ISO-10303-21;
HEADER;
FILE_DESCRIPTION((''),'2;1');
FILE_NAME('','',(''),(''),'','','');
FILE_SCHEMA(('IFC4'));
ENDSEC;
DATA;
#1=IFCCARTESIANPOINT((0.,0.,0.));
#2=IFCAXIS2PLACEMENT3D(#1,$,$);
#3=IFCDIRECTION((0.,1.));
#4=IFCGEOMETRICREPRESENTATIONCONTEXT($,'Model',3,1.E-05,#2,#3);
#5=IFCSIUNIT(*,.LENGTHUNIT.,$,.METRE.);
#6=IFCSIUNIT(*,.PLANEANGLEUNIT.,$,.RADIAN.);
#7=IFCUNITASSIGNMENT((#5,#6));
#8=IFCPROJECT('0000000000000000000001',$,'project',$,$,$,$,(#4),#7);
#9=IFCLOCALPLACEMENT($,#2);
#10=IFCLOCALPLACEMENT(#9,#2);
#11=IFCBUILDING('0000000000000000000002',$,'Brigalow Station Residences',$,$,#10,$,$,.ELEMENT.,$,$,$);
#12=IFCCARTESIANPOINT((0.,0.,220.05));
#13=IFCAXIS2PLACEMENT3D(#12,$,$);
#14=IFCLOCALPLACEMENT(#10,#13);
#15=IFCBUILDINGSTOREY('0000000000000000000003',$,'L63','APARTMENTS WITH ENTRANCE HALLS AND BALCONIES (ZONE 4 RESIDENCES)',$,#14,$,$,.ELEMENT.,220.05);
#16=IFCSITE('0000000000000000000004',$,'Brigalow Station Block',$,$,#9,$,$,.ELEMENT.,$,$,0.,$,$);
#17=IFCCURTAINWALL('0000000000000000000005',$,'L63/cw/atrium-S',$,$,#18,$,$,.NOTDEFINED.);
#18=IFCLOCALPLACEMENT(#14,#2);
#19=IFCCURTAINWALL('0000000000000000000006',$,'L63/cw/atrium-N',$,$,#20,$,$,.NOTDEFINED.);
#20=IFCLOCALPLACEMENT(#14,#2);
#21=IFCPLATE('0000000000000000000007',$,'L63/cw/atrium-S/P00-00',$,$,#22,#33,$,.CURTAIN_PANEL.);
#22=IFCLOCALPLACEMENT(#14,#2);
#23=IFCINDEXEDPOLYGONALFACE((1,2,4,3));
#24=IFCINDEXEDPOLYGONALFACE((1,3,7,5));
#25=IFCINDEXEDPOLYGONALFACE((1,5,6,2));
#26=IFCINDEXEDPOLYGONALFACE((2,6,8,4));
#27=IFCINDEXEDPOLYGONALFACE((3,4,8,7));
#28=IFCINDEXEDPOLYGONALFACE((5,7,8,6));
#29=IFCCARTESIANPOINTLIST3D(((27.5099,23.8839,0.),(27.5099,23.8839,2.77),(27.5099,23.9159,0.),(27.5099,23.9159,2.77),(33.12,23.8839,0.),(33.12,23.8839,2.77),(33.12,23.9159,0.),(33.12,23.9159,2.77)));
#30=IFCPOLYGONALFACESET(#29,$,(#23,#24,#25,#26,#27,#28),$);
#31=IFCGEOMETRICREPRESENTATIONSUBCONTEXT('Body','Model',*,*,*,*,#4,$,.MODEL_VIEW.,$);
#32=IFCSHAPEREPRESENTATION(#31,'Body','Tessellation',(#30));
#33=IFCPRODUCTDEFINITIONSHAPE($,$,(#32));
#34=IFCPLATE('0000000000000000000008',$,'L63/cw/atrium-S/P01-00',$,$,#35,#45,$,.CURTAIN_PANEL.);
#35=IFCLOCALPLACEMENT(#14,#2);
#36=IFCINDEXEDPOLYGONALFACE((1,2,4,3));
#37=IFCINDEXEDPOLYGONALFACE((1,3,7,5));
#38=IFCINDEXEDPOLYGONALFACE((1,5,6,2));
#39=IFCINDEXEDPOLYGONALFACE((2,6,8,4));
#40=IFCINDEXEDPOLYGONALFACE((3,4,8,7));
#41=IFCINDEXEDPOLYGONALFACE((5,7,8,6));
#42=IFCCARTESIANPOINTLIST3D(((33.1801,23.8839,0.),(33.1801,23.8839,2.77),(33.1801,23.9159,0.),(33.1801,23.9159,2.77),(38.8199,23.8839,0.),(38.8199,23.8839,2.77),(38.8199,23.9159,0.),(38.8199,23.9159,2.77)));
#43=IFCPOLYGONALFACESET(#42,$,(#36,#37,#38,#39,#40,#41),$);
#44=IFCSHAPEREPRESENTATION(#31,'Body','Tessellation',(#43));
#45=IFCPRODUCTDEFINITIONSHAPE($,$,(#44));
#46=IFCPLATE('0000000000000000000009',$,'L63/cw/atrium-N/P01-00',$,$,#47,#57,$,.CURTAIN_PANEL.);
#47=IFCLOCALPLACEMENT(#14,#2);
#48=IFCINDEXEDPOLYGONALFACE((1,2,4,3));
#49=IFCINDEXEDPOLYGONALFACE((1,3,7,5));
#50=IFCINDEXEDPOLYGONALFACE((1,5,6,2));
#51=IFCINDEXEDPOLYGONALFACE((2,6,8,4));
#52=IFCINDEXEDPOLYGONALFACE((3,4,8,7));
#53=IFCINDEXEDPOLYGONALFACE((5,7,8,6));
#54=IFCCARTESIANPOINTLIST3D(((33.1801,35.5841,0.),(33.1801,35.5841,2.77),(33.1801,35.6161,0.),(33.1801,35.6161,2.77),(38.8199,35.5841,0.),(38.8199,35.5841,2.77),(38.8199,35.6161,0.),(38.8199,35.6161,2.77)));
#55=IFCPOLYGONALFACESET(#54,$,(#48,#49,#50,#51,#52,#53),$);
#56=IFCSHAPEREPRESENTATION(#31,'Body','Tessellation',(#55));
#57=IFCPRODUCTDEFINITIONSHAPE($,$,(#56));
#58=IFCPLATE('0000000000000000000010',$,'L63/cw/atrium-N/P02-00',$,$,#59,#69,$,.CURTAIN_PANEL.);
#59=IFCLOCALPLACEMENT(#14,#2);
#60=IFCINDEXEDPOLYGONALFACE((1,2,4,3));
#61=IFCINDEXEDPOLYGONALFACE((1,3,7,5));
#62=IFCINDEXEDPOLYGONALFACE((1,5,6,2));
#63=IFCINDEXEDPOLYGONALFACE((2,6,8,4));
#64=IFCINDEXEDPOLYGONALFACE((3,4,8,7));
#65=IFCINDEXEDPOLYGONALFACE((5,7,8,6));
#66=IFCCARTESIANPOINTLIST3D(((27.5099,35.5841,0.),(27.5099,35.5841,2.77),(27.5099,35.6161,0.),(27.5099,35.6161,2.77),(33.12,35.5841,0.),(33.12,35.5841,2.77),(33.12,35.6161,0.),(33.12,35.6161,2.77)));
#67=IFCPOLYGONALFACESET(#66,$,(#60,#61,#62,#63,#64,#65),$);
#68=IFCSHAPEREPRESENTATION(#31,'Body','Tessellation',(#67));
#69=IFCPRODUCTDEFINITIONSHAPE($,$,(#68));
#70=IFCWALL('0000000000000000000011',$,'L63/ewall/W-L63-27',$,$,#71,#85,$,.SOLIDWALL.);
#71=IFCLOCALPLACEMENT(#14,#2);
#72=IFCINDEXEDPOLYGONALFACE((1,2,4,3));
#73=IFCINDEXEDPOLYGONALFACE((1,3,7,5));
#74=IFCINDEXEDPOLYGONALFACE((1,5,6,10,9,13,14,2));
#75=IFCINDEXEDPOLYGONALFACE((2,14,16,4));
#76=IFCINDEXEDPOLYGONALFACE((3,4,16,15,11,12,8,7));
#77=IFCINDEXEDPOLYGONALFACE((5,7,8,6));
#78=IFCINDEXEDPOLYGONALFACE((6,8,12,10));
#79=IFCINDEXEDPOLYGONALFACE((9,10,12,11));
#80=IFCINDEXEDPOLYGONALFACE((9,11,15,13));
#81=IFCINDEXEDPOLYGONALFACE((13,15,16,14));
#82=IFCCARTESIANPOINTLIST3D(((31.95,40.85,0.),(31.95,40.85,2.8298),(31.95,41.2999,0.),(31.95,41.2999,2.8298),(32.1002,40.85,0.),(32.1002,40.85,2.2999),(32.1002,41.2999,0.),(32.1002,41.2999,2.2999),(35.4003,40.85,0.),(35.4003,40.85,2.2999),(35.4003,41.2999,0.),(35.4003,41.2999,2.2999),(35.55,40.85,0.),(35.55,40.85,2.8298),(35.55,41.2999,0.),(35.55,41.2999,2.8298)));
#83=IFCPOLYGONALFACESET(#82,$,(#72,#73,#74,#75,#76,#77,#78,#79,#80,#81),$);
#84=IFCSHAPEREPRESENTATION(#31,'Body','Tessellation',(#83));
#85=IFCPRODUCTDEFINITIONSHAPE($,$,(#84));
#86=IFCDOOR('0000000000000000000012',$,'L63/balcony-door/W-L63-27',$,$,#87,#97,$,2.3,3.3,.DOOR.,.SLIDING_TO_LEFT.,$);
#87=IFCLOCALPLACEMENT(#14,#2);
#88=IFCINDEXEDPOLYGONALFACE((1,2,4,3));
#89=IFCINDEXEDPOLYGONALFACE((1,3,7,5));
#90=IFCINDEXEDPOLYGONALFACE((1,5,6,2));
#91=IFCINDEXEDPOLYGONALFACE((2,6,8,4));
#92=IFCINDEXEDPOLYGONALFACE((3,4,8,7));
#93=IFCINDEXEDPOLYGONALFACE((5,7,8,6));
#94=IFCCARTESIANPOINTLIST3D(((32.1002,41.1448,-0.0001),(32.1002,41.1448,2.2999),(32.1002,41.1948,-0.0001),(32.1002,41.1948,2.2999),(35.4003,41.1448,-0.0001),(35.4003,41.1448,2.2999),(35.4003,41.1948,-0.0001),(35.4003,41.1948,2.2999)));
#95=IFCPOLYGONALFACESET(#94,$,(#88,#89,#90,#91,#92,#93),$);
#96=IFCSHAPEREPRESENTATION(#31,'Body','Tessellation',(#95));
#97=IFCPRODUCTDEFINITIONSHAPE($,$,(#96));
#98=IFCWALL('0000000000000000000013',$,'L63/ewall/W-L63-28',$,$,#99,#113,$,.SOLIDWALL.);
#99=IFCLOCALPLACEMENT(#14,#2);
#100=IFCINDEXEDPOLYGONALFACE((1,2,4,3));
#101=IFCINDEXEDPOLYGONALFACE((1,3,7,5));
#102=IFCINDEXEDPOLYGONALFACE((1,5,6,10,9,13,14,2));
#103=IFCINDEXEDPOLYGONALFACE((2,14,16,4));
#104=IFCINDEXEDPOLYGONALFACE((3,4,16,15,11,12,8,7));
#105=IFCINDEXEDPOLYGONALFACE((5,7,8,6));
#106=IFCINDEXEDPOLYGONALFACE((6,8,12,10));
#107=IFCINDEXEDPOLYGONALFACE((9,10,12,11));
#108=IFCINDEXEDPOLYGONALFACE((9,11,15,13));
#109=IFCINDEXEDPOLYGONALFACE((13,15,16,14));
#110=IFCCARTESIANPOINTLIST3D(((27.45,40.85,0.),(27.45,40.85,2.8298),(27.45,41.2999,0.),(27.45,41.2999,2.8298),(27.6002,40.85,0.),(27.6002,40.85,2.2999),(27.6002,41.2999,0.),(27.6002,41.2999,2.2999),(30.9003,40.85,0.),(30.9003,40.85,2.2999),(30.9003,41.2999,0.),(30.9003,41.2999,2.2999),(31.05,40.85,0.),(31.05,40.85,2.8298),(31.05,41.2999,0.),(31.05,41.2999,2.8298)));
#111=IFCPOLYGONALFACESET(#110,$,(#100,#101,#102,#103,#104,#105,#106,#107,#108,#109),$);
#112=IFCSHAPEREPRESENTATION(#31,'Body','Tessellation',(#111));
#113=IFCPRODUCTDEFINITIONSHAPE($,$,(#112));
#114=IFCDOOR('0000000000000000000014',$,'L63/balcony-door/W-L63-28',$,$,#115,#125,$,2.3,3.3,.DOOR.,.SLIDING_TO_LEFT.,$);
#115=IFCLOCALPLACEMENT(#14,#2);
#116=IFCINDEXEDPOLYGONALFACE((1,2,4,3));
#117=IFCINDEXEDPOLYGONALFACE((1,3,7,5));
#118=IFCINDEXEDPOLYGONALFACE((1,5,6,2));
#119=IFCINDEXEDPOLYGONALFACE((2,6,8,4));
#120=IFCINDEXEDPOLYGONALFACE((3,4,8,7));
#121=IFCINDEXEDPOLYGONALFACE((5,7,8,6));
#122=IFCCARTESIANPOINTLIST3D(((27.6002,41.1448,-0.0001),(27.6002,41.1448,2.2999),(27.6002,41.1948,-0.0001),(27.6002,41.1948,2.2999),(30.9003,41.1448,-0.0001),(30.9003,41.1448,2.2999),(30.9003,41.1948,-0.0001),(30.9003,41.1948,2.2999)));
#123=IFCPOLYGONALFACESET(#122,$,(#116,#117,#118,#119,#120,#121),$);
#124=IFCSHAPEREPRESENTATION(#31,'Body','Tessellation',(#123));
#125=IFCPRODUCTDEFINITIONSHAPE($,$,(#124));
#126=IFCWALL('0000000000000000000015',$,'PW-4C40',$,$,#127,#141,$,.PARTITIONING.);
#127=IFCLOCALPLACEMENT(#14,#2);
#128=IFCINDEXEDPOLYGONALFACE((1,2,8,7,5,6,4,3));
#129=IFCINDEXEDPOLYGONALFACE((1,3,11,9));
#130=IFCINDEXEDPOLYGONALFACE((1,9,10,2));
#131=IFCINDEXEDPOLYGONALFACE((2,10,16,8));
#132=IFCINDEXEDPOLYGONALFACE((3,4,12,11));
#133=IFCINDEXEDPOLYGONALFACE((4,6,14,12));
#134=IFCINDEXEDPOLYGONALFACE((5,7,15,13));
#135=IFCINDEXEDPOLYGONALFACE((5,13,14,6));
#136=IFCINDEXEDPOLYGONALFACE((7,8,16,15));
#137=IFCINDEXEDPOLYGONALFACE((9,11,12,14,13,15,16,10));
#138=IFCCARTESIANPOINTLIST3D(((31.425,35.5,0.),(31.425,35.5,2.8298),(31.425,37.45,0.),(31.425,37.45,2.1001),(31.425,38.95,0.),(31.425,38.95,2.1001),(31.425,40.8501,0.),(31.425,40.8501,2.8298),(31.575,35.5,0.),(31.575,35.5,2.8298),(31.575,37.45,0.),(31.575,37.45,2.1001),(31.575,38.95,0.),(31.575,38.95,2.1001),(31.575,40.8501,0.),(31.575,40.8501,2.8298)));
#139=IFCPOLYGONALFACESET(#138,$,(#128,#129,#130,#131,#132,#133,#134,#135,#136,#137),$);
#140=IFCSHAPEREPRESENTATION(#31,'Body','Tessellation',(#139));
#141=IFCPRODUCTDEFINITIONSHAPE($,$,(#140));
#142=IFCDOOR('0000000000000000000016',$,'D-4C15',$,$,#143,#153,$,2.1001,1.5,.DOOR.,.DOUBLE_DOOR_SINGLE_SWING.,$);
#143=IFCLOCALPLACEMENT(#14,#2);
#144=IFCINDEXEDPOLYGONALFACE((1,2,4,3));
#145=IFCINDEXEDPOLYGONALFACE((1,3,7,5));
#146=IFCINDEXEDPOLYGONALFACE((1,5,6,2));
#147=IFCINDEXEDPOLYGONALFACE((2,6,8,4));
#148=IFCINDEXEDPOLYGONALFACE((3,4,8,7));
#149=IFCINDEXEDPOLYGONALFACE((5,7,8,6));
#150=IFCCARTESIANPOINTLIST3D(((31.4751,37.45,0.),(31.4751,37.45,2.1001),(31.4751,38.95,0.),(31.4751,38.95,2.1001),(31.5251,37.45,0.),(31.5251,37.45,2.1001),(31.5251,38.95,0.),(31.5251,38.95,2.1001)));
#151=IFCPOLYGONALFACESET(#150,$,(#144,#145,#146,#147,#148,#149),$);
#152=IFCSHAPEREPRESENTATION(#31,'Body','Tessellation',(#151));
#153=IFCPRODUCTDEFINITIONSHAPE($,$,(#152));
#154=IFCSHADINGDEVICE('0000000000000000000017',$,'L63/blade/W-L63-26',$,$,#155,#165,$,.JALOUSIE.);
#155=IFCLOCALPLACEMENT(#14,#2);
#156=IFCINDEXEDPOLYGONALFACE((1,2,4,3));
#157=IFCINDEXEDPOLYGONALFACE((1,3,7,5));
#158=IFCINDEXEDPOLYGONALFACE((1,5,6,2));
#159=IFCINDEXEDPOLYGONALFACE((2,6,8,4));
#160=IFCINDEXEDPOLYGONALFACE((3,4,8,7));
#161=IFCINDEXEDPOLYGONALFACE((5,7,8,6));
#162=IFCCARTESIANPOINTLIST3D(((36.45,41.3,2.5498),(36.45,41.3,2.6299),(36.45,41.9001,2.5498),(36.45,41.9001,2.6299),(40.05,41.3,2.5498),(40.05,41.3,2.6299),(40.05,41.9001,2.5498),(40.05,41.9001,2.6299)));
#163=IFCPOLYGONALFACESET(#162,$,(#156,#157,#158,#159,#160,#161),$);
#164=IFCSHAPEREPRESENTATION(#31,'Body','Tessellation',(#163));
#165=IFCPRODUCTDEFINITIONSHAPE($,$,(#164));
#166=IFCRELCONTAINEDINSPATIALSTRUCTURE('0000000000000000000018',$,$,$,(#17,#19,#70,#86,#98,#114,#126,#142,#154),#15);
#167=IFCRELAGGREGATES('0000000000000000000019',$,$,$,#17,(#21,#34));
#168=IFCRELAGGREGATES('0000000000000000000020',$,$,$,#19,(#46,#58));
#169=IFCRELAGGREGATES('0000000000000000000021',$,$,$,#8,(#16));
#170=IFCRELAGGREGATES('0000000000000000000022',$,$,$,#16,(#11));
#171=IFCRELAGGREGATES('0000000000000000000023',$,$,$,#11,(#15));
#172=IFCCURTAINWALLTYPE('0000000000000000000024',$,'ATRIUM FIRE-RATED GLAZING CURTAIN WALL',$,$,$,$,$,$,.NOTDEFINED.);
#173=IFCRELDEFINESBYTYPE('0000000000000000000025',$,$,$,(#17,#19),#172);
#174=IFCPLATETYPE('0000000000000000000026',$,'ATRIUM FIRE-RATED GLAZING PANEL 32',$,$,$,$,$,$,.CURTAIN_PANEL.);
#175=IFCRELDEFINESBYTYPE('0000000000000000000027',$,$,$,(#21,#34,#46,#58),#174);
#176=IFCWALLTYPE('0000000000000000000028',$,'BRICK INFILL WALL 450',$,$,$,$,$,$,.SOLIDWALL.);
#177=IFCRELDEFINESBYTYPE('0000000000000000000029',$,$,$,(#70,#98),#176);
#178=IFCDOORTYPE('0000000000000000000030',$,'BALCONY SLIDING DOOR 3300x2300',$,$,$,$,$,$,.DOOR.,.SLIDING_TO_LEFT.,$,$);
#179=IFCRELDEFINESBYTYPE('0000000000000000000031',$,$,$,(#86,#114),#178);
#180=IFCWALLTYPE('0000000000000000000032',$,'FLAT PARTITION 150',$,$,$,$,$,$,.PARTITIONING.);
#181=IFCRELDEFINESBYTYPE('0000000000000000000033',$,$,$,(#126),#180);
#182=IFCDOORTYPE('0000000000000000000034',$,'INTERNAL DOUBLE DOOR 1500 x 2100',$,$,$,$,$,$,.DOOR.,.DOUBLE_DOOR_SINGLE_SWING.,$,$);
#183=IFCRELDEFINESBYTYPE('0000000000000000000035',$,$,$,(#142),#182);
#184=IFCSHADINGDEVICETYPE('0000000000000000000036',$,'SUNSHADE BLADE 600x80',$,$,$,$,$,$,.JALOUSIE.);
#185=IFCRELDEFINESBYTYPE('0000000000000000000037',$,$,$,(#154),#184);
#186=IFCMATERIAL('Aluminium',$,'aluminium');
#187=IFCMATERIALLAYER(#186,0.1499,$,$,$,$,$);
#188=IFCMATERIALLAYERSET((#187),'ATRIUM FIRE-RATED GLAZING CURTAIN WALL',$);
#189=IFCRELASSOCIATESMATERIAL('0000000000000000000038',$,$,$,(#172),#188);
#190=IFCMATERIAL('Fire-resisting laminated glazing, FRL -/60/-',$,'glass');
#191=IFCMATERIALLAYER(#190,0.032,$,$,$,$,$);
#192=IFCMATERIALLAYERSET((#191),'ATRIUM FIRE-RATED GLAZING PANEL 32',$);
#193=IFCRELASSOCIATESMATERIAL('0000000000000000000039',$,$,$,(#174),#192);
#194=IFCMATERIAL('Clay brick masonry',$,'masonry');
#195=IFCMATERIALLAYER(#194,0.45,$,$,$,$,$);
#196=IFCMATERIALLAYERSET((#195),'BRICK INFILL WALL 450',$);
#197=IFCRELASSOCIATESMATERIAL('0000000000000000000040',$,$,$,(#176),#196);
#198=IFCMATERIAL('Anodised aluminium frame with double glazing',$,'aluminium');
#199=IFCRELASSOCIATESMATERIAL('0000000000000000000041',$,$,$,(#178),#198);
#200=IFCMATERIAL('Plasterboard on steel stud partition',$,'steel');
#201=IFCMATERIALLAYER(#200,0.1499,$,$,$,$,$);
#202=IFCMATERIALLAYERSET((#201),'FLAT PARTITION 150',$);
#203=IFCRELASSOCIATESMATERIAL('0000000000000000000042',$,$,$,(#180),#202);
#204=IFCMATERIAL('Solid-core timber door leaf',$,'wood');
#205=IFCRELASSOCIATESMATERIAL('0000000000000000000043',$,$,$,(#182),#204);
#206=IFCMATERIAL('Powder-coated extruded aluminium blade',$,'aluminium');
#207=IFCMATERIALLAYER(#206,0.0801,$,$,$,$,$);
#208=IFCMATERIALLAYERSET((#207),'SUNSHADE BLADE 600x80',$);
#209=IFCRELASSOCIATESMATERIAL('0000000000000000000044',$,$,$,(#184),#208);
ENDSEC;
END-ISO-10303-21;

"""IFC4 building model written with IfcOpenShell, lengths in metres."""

from ifc_helpers import new_model, si_unit, direction, frame, frame_2d, origin, origin_2d, place, context, subcontext, project, spatial, rectangle, extrude, material, layer, layer_set, type_object, element, fill, aggregate, save


model = new_model("IFC4")

# Units and contexts
model_context = context("Model", 3, precision=1e-05, world=origin(), true_north=direction((0.0, 1.0)))
body_context = subcontext(model_context, "Body", "Model", "MODEL_VIEW")
ifc_project = project(units=[si_unit("LENGTHUNIT", "METRE"), si_unit("PLANEANGLEUNIT", "RADIAN")], contexts=[model_context])

# Site, building, storey
site_placement = place(None, origin())
site = spatial("IfcSite", under=ifc_project, at=site_placement, Name="Brigalow Station Block", CompositionType="ELEMENT", RefElevation=0.0)
building_placement = place(site_placement, origin())
building = spatial("IfcBuilding", under=site, at=building_placement, Name="Brigalow Station Residences", CompositionType="ELEMENT")
storey_placement = place(building_placement, frame((0.0, 0.0, 220.05)))
storey = spatial("IfcBuildingStorey", under=building, at=storey_placement, Name="L63", Description="APARTMENTS WITH ENTRANCE HALLS AND BALCONIES (ZONE 4 RESIDENCES)", CompositionType="ELEMENT", Elevation=220.05)

# Curtain walls
ifc_material_1 = material(Name="Aluminium", Category="aluminium")
ifc_layer_1 = layer(ifc_material_1, 0.1499)
ifc_layer_set_1 = layer_set([ifc_layer_1], Name="ATRIUM FIRE-RATED GLAZING CURTAIN WALL")
curtain_wall_type = type_object("IfcCurtainWallType", Name="ATRIUM FIRE-RATED GLAZING CURTAIN WALL", PredefinedType="NOTDEFINED", material=ifc_layer_set_1)
curtain_wall_1_placement = place(storey_placement, origin())
curtain_wall_1 = element("IfcCurtainWall", 1, at=curtain_wall_1_placement, inside=storey, type_object=curtain_wall_type, Name="L63/cw/atrium-S", PredefinedType="NOTDEFINED")
curtain_wall_2_placement = place(storey_placement, origin())
curtain_wall_2 = element("IfcCurtainWall", 2, at=curtain_wall_2_placement, inside=storey, type_object=curtain_wall_type, Name="L63/cw/atrium-N", PredefinedType="NOTDEFINED")

# Plates
ifc_material_2 = material(Name="Fire-resisting laminated glazing, FRL -/60/-", Category="glass")
ifc_layer_2 = layer(ifc_material_2, 0.032)
ifc_layer_set_2 = layer_set([ifc_layer_2], Name="ATRIUM FIRE-RATED GLAZING PANEL 32")
plate_type = type_object("IfcPlateType", Name="ATRIUM FIRE-RATED GLAZING PANEL 32", PredefinedType="CURTAIN_PANEL", material=ifc_layer_set_2)
plate_1_placement = place(storey_placement, frame((30.3149, 23.8999, 0.0), z_axis=(0.0, 0.0, 1.0), x_axis=(1.0, 0.0, 0.0)))
plate_1 = element("IfcPlate", 3, at=plate_1_placement, type_object=plate_type, Name="L63/cw/atrium-S/P00-00", PredefinedType="CURTAIN_PANEL", context=body_context, shape_type="SweptSolid", body=[
    extrude(rectangle(XDim=5.6101, YDim=0.032, at=origin_2d()), origin(), (0.0, 0.0, 1.0), 2.77),
])
plate_2_placement = place(storey_placement, frame((36.0, 23.8999, 0.0), z_axis=(0.0, 0.0, 1.0), x_axis=(1.0, 0.0, 0.0)))
plate_2 = element("IfcPlate", 4, at=plate_2_placement, type_object=plate_type, Name="L63/cw/atrium-S/P01-00", PredefinedType="CURTAIN_PANEL", context=body_context, shape_type="SweptSolid", body=[
    extrude(rectangle(XDim=5.6399, YDim=0.032, at=origin_2d()), origin(), (0.0, 0.0, 1.0), 2.77),
])
aggregate(curtain_wall_1, [plate_1, plate_2])
plate_3_placement = place(storey_placement, frame((36.0, 35.6001, 0.0), z_axis=(0.0, 0.0, 1.0), x_axis=(-1.0, 0.0, 0.0)))
plate_3 = element("IfcPlate", 5, at=plate_3_placement, type_object=plate_type, Name="L63/cw/atrium-N/P01-00", PredefinedType="CURTAIN_PANEL", context=body_context, shape_type="SweptSolid", body=[
    extrude(rectangle(XDim=5.6399, YDim=0.032, at=origin_2d()), origin(), (0.0, 0.0, 1.0), 2.77),
])
plate_4_placement = place(storey_placement, frame((30.3149, 35.6001, 0.0), z_axis=(0.0, 0.0, 1.0), x_axis=(-1.0, 0.0, 0.0)))
plate_4 = element("IfcPlate", 6, at=plate_4_placement, type_object=plate_type, Name="L63/cw/atrium-N/P02-00", PredefinedType="CURTAIN_PANEL", context=body_context, shape_type="SweptSolid", body=[
    extrude(rectangle(XDim=5.6101, YDim=0.032, at=origin_2d()), origin(), (0.0, 0.0, 1.0), 2.77),
])
aggregate(curtain_wall_2, [plate_3, plate_4])

# Walls, openings, doors
ifc_material_3 = material(Name="Clay brick masonry", Category="masonry")
ifc_layer_3 = layer(ifc_material_3, 0.45)
ifc_layer_set_3 = layer_set([ifc_layer_3], Name="BRICK INFILL WALL 450")
wall_type_1 = type_object("IfcWallType", Name="BRICK INFILL WALL 450", PredefinedType="SOLIDWALL", material=ifc_layer_set_3)
wall_1_placement = place(storey_placement, frame((35.55, 41.075, 0.0), z_axis=(0.0, 0.0, 1.0), x_axis=(-1.0, 0.0, 0.0)))
wall_1 = element("IfcWall", 7, at=wall_1_placement, inside=storey, type_object=wall_type_1, Name="L63/ewall/W-L63-27", PredefinedType="SOLIDWALL", context=body_context, shape_type="SweptSolid", body=[
    extrude(rectangle(XDim=3.6001, YDim=0.45, at=frame_2d((1.8, 0.0))), origin(), (0.0, 0.0, 1.0), 2.8298),
])
opening_1_placement = place(wall_1_placement, frame((0.1499, 0.0, 0.0)))
opening_1 = element("IfcOpeningElement", 8, at=opening_1_placement, cuts=wall_1, PredefinedType="OPENING", context=body_context, shape_type="SweptSolid", body=[
    extrude(rectangle(XDim=3.3, YDim=2.3, at=frame_2d((1.6499, 1.1499))), frame((0.0, 0.2349, 0.0), z_axis=(0.0, -1.0, 0.0), x_axis=(1.0, 0.0, 0.0)), (0.0, 0.0, 1.0), 0.47),
])
ifc_material_4 = material(Name="Anodised aluminium frame with double glazing", Category="aluminium")
door_type_1 = type_object("IfcDoorType", Name="BALCONY SLIDING DOOR 3300x2300", OperationType="SLIDING_TO_LEFT", PredefinedType="DOOR", material=ifc_material_4)
door_1_placement = place(opening_1_placement, origin())
door_1 = element("IfcDoor", 9, at=door_1_placement, inside=storey, type_object=door_type_1, Name="L63/balcony-door/W-L63-27", OperationType="SLIDING_TO_LEFT", OverallHeight=2.3, OverallWidth=3.3, PredefinedType="DOOR", context=body_context, shape_type="SweptSolid", body=[
    extrude(rectangle(XDim=3.3, YDim=2.3, at=frame_2d((1.6499, 1.1499))), frame((0.0, -0.0698, 0.0), z_axis=(0.0, -1.0, 0.0), x_axis=(1.0, 0.0, 0.0)), (0.0, 0.0, 1.0), 0.05),
])
fill(opening_1, door_1)
wall_2_placement = place(storey_placement, frame((31.05, 41.075, 0.0), z_axis=(0.0, 0.0, 1.0), x_axis=(-1.0, 0.0, 0.0)))
wall_2 = element("IfcWall", 10, at=wall_2_placement, inside=storey, type_object=wall_type_1, Name="L63/ewall/W-L63-28", PredefinedType="SOLIDWALL", context=body_context, shape_type="SweptSolid", body=[
    extrude(rectangle(XDim=3.6001, YDim=0.45, at=frame_2d((1.8, 0.0))), origin(), (0.0, 0.0, 1.0), 2.8298),
])
opening_2_placement = place(wall_2_placement, frame((0.1499, 0.0, 0.0)))
opening_2 = element("IfcOpeningElement", 11, at=opening_2_placement, cuts=wall_2, PredefinedType="OPENING", context=body_context, shape_type="SweptSolid", body=[
    extrude(rectangle(XDim=3.3, YDim=2.3, at=frame_2d((1.6499, 1.1499))), frame((0.0, 0.2349, 0.0), z_axis=(0.0, -1.0, 0.0), x_axis=(1.0, 0.0, 0.0)), (0.0, 0.0, 1.0), 0.47),
])
door_2_placement = place(opening_2_placement, origin())
door_2 = element("IfcDoor", 12, at=door_2_placement, inside=storey, type_object=door_type_1, Name="L63/balcony-door/W-L63-28", OperationType="SLIDING_TO_LEFT", OverallHeight=2.3, OverallWidth=3.3, PredefinedType="DOOR", context=body_context, shape_type="SweptSolid", body=[
    extrude(rectangle(XDim=3.3, YDim=2.3, at=frame_2d((1.6499, 1.1499))), frame((0.0, -0.0698, 0.0), z_axis=(0.0, -1.0, 0.0), x_axis=(1.0, 0.0, 0.0)), (0.0, 0.0, 1.0), 0.05),
])
fill(opening_2, door_2)
ifc_material_5 = material(Name="Plasterboard on steel stud partition", Category="steel")
ifc_layer_4 = layer(ifc_material_5, 0.1499)
ifc_layer_set_4 = layer_set([ifc_layer_4], Name="FLAT PARTITION 150")
wall_type_2 = type_object("IfcWallType", Name="FLAT PARTITION 150", PredefinedType="PARTITIONING", material=ifc_layer_set_4)
wall_3_placement = place(storey_placement, frame((31.5, 35.5, 0.0), z_axis=(0.0, 0.0, 1.0), x_axis=(0.0, 1.0, 0.0)))
wall_3 = element("IfcWall", 13, at=wall_3_placement, inside=storey, type_object=wall_type_2, Name="PW-4C40", PredefinedType="PARTITIONING", context=body_context, shape_type="SweptSolid", body=[
    extrude(rectangle(XDim=5.3501, YDim=0.1499, at=frame_2d((2.675, 0.0))), origin(), (0.0, 0.0, 1.0), 2.8298),
])
opening_3_placement = place(wall_3_placement, frame((1.95, 0.0, 0.0)))
opening_3 = element("IfcOpeningElement", 14, at=opening_3_placement, cuts=wall_3, PredefinedType="OPENING", context=body_context, shape_type="SweptSolid", body=[
    extrude(rectangle(XDim=1.5, YDim=2.1001, at=frame_2d((0.75, 1.05))), frame((0.0, 0.085, 0.0), z_axis=(0.0, -1.0, 0.0), x_axis=(1.0, 0.0, 0.0)), (0.0, 0.0, 1.0), 0.1699),
])
ifc_material_6 = material(Name="Solid-core timber door leaf", Category="wood")
door_type_2 = type_object("IfcDoorType", Name="INTERNAL DOUBLE DOOR 1500 x 2100", OperationType="DOUBLE_DOOR_SINGLE_SWING", PredefinedType="DOOR", material=ifc_material_6)
door_3_placement = place(opening_3_placement, origin())
door_3 = element("IfcDoor", 15, at=door_3_placement, inside=storey, type_object=door_type_2, Name="D-4C15", OperationType="DOUBLE_DOOR_SINGLE_SWING", OverallHeight=2.1001, OverallWidth=1.5, PredefinedType="DOOR", context=body_context, shape_type="SweptSolid", body=[
    extrude(rectangle(XDim=1.5, YDim=2.1001, at=frame_2d((0.75, 1.05))), frame((0.0, 0.0249, 0.0), z_axis=(0.0, -1.0, 0.0), x_axis=(1.0, 0.0, 0.0)), (0.0, 0.0, 1.0), 0.05),
])
fill(opening_3, door_3)

# Shading device
ifc_material_7 = material(Name="Powder-coated extruded aluminium blade", Category="aluminium")
ifc_layer_5 = layer(ifc_material_7, 0.0801)
ifc_layer_set_5 = layer_set([ifc_layer_5], Name="SUNSHADE BLADE 600x80")
shading_device_type = type_object("IfcShadingDeviceType", Name="SUNSHADE BLADE 600x80", PredefinedType="JALOUSIE", material=ifc_layer_set_5)
shading_device_placement = place(storey_placement, frame((38.25, 41.6001, 2.5498), z_axis=(0.0, 0.0, 1.0), x_axis=(-1.0, 0.0, 0.0)))
element("IfcShadingDevice", 16, at=shading_device_placement, inside=storey, type_object=shading_device_type, Name="L63/blade/W-L63-26", PredefinedType="JALOUSIE", context=body_context, shape_type="SweptSolid", body=[
    extrude(rectangle(XDim=3.6001, YDim=0.6001, at=origin_2d()), origin(), (0.0, 0.0, 1.0), 0.0801),
])

save(model, "model.ifc")
